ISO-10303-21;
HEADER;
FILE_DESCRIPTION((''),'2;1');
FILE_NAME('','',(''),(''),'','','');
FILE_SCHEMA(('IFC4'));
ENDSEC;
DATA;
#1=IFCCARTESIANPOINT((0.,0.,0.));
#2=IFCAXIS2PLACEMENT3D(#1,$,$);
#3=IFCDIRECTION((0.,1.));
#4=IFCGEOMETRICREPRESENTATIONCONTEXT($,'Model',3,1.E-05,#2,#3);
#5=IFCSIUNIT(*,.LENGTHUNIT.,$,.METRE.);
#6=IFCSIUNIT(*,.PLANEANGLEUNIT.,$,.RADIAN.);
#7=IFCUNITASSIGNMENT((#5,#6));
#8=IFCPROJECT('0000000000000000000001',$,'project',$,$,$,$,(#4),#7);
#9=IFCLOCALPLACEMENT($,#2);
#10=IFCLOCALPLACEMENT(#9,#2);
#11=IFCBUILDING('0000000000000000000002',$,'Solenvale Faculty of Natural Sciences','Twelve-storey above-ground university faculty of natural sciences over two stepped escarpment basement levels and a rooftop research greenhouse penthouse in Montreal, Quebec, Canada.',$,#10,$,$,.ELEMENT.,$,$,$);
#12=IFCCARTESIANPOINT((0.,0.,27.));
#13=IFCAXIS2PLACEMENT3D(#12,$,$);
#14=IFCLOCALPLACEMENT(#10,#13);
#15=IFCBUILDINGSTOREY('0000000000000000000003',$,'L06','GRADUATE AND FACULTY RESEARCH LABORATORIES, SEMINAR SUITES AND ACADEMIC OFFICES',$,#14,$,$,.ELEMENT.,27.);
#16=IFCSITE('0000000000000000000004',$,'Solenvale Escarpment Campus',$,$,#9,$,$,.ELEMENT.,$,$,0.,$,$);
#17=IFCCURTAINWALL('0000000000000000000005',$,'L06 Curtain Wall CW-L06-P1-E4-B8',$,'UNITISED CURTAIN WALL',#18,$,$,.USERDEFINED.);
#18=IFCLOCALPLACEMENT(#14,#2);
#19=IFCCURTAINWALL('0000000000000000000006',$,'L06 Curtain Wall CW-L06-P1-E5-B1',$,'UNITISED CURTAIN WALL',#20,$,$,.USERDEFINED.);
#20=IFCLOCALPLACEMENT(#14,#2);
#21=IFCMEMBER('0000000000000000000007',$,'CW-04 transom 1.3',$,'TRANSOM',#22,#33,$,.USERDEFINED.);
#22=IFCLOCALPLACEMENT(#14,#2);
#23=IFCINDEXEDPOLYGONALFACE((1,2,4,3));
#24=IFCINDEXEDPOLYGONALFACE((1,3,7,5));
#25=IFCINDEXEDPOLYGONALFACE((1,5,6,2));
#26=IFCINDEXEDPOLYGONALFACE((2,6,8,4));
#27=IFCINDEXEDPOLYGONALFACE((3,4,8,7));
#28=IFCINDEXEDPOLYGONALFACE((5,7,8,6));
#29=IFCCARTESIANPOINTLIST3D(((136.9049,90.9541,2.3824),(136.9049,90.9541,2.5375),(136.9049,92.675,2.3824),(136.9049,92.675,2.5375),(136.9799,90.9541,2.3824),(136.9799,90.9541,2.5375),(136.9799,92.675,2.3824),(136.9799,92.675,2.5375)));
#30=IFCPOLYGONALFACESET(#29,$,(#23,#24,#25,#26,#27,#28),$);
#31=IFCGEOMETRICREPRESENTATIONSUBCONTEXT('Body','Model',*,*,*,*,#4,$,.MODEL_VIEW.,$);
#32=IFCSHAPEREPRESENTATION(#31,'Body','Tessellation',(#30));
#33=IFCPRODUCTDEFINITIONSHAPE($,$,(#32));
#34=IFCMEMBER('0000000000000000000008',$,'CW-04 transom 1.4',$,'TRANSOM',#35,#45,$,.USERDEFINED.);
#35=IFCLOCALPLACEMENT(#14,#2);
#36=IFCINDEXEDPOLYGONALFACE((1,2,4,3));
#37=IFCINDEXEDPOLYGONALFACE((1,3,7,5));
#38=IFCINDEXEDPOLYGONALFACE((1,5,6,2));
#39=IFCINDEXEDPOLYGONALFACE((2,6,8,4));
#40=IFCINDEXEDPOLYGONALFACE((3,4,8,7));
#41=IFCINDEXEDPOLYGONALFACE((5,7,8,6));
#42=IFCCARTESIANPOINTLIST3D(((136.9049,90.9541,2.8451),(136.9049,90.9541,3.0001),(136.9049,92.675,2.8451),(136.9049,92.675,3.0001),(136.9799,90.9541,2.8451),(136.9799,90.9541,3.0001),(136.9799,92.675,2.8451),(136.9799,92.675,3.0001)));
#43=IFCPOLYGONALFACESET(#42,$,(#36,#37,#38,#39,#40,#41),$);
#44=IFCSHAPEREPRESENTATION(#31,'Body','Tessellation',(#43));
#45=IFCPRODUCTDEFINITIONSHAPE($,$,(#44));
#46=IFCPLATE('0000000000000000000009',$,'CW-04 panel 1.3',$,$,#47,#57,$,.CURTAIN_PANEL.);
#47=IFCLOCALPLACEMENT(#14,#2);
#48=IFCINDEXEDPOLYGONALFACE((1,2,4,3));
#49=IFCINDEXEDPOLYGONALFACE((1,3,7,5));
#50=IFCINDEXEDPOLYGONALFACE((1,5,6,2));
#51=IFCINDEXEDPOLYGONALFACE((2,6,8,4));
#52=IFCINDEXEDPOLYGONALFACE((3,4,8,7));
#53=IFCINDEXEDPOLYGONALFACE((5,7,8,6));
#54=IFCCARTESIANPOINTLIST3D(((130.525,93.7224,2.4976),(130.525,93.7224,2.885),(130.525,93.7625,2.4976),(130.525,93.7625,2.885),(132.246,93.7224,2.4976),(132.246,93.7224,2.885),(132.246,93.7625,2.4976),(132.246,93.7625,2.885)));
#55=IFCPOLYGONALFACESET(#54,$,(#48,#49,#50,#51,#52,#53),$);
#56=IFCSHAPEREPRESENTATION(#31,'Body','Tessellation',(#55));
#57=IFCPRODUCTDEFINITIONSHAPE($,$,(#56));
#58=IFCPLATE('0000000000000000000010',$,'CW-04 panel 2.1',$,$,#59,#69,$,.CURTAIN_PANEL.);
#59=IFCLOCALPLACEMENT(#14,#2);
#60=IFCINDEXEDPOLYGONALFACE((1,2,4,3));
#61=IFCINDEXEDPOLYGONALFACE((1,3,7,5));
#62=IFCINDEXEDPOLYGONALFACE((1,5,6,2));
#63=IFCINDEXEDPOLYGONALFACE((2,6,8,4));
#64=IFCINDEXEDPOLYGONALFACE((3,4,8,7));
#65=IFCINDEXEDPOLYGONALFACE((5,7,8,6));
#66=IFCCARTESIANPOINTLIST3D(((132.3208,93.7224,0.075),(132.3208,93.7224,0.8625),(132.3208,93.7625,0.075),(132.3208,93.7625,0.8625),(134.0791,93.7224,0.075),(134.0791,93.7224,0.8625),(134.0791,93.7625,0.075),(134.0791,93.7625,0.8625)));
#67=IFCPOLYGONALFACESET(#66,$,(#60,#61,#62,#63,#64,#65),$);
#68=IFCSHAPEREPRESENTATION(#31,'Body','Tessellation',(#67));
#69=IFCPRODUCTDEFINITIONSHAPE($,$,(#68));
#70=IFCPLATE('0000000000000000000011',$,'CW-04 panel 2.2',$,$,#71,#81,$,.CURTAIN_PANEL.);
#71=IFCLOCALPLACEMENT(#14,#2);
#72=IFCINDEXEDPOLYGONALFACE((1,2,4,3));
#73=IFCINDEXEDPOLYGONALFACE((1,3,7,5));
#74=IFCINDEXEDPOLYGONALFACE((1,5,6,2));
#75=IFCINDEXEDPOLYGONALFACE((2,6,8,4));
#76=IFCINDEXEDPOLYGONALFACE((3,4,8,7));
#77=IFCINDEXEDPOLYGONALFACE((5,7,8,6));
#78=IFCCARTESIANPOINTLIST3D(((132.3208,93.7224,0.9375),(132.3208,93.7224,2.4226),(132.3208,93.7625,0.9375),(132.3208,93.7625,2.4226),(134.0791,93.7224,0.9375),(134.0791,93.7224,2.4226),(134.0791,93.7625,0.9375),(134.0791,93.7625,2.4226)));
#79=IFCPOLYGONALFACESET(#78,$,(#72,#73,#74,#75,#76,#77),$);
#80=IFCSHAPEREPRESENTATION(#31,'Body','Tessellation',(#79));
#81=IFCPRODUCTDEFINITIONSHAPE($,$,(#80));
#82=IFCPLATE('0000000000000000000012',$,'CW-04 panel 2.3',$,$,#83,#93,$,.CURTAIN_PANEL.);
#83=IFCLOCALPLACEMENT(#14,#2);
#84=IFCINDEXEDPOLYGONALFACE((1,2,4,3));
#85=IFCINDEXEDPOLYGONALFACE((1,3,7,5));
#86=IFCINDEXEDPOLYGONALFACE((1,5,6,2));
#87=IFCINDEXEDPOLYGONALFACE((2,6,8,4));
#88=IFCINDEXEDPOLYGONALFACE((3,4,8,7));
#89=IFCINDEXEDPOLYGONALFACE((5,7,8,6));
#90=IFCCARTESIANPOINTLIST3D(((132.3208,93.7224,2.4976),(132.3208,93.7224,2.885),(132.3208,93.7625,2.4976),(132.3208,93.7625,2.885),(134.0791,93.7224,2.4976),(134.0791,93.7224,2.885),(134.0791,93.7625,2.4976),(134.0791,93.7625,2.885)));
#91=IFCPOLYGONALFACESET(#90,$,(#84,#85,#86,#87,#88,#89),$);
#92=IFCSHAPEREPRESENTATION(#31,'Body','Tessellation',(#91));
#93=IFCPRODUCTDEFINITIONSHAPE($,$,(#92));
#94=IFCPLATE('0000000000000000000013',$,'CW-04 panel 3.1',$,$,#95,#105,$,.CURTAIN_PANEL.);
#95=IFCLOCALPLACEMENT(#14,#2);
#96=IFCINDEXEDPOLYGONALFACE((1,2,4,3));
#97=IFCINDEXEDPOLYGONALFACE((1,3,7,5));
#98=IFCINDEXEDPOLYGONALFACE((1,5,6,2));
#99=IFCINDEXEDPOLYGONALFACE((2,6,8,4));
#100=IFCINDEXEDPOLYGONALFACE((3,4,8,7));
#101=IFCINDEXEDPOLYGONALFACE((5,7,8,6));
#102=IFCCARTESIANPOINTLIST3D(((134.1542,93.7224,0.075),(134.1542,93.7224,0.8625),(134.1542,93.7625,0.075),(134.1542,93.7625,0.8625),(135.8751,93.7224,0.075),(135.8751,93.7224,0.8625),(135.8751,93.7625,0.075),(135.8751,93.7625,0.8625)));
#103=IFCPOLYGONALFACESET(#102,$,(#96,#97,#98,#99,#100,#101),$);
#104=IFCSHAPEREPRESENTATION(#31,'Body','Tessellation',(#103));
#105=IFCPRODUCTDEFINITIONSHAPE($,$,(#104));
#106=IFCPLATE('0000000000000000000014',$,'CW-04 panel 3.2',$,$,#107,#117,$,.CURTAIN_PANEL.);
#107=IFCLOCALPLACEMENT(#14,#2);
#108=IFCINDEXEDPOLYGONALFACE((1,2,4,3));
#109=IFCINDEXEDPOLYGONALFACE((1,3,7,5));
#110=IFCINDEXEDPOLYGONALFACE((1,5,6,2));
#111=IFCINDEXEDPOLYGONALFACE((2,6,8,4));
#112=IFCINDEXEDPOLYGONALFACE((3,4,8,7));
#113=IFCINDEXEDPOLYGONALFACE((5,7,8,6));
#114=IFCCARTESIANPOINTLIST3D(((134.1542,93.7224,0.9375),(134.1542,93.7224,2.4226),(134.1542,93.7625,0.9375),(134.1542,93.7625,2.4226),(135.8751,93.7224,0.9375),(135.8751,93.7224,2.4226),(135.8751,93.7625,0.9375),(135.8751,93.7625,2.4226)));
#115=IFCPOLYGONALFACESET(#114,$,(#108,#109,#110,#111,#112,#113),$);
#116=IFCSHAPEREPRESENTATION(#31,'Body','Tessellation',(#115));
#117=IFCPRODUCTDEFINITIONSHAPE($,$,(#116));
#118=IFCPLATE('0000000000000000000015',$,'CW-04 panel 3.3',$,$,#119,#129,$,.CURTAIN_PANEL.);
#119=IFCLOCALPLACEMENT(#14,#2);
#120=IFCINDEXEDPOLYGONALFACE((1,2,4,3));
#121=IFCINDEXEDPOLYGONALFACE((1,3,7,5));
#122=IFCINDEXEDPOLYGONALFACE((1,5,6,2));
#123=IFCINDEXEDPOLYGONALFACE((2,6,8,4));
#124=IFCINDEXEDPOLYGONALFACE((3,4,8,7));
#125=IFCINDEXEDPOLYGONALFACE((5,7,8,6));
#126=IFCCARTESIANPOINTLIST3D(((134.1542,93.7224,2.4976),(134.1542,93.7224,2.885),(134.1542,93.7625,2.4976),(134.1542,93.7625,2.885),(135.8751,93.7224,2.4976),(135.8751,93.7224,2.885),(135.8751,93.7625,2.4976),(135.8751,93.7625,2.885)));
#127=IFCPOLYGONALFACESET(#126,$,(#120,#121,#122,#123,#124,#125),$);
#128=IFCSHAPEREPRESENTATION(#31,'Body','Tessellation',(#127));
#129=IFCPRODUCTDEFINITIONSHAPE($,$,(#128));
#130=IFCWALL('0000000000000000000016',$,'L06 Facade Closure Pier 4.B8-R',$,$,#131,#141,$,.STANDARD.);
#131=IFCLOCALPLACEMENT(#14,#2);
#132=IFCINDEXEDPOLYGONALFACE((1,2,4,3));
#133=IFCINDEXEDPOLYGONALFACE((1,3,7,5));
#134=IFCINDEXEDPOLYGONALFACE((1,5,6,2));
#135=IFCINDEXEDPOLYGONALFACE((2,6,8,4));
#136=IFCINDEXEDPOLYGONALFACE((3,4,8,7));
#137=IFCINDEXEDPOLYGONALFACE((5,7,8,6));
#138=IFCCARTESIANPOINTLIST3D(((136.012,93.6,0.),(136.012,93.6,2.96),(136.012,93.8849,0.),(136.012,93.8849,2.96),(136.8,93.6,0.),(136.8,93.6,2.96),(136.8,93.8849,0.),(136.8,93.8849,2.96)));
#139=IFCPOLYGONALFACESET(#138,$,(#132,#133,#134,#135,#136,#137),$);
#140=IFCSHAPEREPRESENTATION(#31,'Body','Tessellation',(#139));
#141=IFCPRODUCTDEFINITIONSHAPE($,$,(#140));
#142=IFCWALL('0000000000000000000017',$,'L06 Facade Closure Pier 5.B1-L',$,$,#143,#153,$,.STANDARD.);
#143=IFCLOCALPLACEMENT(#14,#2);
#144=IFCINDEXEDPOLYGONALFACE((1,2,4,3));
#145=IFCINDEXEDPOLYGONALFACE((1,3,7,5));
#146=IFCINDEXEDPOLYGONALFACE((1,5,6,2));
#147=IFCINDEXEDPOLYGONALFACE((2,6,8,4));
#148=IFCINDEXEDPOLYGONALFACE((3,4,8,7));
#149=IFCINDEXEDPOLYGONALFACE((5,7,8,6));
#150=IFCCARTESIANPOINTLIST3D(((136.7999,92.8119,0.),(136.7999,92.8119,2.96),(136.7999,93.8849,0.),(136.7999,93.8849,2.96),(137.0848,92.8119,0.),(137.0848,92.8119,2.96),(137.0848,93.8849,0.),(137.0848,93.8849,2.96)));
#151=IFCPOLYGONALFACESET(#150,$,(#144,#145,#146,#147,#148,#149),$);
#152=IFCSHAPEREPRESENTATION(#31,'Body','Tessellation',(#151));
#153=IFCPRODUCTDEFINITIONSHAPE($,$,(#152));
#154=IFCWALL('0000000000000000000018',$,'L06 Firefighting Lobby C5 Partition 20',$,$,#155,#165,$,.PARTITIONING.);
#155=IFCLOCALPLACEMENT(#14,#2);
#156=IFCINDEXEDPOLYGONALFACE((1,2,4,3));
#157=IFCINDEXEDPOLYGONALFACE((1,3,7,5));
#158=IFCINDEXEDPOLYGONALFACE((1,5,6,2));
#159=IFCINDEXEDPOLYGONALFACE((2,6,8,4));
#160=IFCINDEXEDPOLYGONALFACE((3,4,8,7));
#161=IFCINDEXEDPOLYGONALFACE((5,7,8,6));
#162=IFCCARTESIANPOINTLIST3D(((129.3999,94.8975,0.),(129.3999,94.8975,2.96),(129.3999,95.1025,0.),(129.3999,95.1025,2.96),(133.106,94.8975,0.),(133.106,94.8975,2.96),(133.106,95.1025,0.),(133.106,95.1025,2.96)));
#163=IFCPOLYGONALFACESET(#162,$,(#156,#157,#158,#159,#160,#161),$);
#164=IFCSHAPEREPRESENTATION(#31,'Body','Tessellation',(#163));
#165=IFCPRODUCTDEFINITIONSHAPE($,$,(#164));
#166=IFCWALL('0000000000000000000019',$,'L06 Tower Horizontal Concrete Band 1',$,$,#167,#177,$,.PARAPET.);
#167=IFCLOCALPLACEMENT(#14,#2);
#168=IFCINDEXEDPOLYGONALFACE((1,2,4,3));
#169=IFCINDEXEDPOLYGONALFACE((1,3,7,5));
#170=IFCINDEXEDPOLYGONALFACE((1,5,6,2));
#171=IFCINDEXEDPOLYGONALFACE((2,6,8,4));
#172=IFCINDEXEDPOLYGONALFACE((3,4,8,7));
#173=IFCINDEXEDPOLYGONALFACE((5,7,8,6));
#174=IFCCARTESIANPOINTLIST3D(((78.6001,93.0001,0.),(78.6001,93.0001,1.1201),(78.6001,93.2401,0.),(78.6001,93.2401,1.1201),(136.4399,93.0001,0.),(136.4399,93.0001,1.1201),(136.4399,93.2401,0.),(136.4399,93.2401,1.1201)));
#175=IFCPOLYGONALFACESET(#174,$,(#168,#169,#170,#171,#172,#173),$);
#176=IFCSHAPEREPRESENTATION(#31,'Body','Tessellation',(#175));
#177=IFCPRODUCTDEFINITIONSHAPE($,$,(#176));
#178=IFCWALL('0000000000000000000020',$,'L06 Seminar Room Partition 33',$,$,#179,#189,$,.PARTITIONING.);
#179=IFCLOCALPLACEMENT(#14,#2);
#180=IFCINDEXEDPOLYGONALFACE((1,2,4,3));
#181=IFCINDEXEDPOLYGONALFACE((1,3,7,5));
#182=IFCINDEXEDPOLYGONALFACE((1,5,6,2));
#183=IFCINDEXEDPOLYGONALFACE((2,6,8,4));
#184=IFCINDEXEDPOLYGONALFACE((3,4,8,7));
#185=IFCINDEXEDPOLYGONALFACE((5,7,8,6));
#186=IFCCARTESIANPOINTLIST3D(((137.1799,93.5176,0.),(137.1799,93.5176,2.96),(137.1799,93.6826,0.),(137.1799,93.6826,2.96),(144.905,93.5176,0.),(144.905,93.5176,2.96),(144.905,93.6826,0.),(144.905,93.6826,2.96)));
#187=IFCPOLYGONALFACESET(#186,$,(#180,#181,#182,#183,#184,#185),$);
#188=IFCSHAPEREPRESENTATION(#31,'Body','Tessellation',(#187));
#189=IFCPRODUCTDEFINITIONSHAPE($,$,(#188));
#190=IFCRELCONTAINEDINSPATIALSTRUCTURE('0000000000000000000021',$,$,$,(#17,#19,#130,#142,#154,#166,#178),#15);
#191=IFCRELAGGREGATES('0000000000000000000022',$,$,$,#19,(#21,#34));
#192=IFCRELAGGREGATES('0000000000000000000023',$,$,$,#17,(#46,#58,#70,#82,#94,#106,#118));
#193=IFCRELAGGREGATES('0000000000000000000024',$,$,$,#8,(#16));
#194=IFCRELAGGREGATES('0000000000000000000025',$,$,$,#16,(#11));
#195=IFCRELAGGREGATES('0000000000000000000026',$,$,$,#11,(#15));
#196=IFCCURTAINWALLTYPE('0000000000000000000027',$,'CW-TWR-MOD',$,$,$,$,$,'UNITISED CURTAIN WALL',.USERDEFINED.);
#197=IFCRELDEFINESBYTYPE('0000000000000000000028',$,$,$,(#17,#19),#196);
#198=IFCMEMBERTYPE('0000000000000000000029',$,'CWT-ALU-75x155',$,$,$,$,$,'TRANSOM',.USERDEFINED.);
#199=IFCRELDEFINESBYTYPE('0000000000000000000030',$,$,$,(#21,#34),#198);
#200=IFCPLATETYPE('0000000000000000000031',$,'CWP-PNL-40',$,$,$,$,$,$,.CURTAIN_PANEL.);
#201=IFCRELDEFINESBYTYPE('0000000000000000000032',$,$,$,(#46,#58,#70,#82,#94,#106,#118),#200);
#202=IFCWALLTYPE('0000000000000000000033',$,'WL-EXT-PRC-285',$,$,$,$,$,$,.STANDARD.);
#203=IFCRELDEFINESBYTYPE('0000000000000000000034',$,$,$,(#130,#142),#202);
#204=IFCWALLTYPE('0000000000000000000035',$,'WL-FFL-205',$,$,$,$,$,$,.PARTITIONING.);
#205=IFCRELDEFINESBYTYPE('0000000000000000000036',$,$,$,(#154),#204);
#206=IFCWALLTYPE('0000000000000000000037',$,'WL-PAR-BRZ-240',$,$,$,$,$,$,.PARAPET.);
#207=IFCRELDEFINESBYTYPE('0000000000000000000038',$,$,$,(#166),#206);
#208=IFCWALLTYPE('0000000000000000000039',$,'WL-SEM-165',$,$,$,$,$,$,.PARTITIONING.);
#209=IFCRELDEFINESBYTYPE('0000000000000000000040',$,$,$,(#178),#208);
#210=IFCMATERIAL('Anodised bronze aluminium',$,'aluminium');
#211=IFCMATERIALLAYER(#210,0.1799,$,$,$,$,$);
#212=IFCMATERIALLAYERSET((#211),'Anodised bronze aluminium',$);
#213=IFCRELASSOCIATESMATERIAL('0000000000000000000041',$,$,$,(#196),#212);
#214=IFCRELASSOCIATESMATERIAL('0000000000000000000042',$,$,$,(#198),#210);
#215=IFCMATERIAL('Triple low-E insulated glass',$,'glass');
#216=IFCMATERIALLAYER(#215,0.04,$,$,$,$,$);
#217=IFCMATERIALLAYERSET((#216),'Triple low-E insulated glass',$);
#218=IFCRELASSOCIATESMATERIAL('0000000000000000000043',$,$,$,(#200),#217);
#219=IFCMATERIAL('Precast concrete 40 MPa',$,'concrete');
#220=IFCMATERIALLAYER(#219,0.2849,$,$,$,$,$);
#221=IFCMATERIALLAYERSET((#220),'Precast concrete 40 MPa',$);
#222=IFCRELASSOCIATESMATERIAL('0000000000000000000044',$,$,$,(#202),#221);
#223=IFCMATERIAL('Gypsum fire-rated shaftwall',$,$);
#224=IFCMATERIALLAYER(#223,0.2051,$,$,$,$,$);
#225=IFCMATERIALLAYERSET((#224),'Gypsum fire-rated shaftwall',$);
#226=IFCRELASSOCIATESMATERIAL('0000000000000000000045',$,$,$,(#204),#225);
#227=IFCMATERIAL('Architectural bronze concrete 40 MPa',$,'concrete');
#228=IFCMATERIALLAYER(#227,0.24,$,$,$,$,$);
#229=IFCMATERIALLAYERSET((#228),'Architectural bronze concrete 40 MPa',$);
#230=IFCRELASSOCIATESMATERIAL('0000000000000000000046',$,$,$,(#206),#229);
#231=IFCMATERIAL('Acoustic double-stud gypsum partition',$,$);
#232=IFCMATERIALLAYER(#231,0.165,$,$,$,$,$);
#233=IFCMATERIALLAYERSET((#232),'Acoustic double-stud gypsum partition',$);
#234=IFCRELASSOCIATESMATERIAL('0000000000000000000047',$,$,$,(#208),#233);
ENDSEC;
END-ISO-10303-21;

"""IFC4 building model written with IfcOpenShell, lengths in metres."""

from ifc_helpers import new_model, si_unit, direction, frame, frame_2d, origin, origin_2d, place, context, subcontext, project, spatial, rectangle, extrude, material, layer, layer_set, material_profile, profile_set, type_object, element, aggregate, save


model = new_model("IFC4")

# Units and contexts
model_context = context("Model", 3, precision=1e-05, world=origin(), true_north=direction((0.0, 1.0)))
body_context = subcontext(model_context, "Body", "Model", "MODEL_VIEW")
ifc_project = project(units=[si_unit("LENGTHUNIT", "METRE"), si_unit("PLANEANGLEUNIT", "RADIAN")], contexts=[model_context])

# Site, building, storey
site_placement = place(None, origin())
site = spatial("IfcSite", under=ifc_project, at=site_placement, Name="Solenvale Escarpment Campus", CompositionType="ELEMENT", RefElevation=0.0)
building_placement = place(site_placement, origin())
building = spatial("IfcBuilding", under=site, at=building_placement, Name="Solenvale Faculty of Natural Sciences", Description="Twelve-storey above-ground university faculty of natural sciences over two stepped escarpment basement levels and a rooftop research greenhouse penthouse in Montreal, Quebec, Canada.", CompositionType="ELEMENT")
storey_placement = place(building_placement, frame((0.0, 0.0, 27.0)))
storey = spatial("IfcBuildingStorey", under=building, at=storey_placement, Name="L06", Description="GRADUATE AND FACULTY RESEARCH LABORATORIES, SEMINAR SUITES AND ACADEMIC OFFICES", CompositionType="ELEMENT", Elevation=27.0)

# Curtain wall
ifc_material_1 = material(Name="Anodised bronze aluminium", Category="aluminium")
ifc_layer_1 = layer(ifc_material_1, 0.1799)
ifc_layer_set_1 = layer_set([ifc_layer_1], Name="Anodised bronze aluminium")
curtain_wall_type = type_object("IfcCurtainWallType", Name="CW-TWR-MOD", ElementType="UNITISED CURTAIN WALL", PredefinedType="USERDEFINED", material=ifc_layer_set_1)
curtain_wall_1_placement = place(storey_placement, origin())
curtain_wall_1 = element("IfcCurtainWall", 1, at=curtain_wall_1_placement, inside=storey, type_object=curtain_wall_type, Name="L06 Curtain Wall CW-L06-P1-E4-B8", ObjectType="UNITISED CURTAIN WALL", PredefinedType="USERDEFINED")

# Curtain wall
curtain_wall_2_placement = place(storey_placement, origin())
curtain_wall_2 = element("IfcCurtainWall", 2, at=curtain_wall_2_placement, inside=storey, type_object=curtain_wall_type, Name="L06 Curtain Wall CW-L06-P1-E5-B1", ObjectType="UNITISED CURTAIN WALL", PredefinedType="USERDEFINED")

# Members
ifc_material_profile_1 = material_profile(ifc_material_1, rectangle(XDim=0.075, YDim=0.155, at=origin_2d()), Name="ALU-TRN-75x155")
ifc_profile_set_1 = profile_set([ifc_material_profile_1], Name="Anodised bronze aluminium")
member_type_1 = type_object("IfcMemberType", Name="CWT-ALU-75x155", ElementType="TRANSOM", PredefinedType="USERDEFINED", material=ifc_profile_set_1)
member_1_placement = place(storey_placement, frame((136.9424, 92.675, 2.46), z_axis=(0.0, -1.0, 0.0), x_axis=(1.0, 0.0, 0.0)))
member_1 = element("IfcMember", 3, at=member_1_placement, type_object=member_type_1, Name="CW-04 transom 1.3", ObjectType="TRANSOM", PredefinedType="USERDEFINED", context=body_context, shape_type="SweptSolid", body=[
    extrude(rectangle(XDim=0.075, YDim=0.155, at=origin_2d()), origin(), (0.0, 0.0, 1.0), 1.7209),
])
member_2_placement = place(storey_placement, frame((136.9424, 92.675, 2.9226), z_axis=(0.0, -1.0, 0.0), x_axis=(1.0, 0.0, 0.0)))
member_2 = element("IfcMember", 4, at=member_2_placement, type_object=member_type_1, Name="CW-04 transom 1.4", ObjectType="TRANSOM", PredefinedType="USERDEFINED", context=body_context, shape_type="SweptSolid", body=[
    extrude(rectangle(XDim=0.075, YDim=0.155, at=origin_2d()), origin(), (0.0, 0.0, 1.0), 1.7209),
])
aggregate(curtain_wall_2, [member_1, member_2])

# Plates
ifc_material_2 = material(Name="Triple low-E insulated glass", Category="glass")
ifc_layer_2 = layer(ifc_material_2, 0.04)
ifc_layer_set_2 = layer_set([ifc_layer_2], Name="Triple low-E insulated glass")
plate_type = type_object("IfcPlateType", Name="CWP-PNL-40", PredefinedType="CURTAIN_PANEL", material=ifc_layer_set_2)
plate_1_placement = place(storey_placement, frame((131.3855, 93.7424, 2.4976), z_axis=(0.0, 0.0, 1.0), x_axis=(1.0, 0.0, 0.0)))
plate_1 = element("IfcPlate", 5, at=plate_1_placement, type_object=plate_type, Name="CW-04 panel 1.3", PredefinedType="CURTAIN_PANEL", context=body_context, shape_type="SweptSolid", body=[
    extrude(rectangle(XDim=1.7209, YDim=0.04, at=origin_2d()), origin(), (0.0, 0.0, 1.0), 0.3875),
])
plate_2_placement = place(storey_placement, frame((133.2, 93.7424, 0.075), z_axis=(0.0, 0.0, 1.0), x_axis=(1.0, 0.0, 0.0)))
plate_2 = element("IfcPlate", 6, at=plate_2_placement, type_object=plate_type, Name="CW-04 panel 2.1", PredefinedType="CURTAIN_PANEL", context=body_context, shape_type="SweptSolid", body=[
    extrude(rectangle(XDim=1.7583, YDim=0.04, at=origin_2d()), origin(), (0.0, 0.0, 1.0), 0.7876),
])
plate_3_placement = place(storey_placement, frame((133.2, 93.7424, 0.9375), z_axis=(0.0, 0.0, 1.0), x_axis=(1.0, 0.0, 0.0)))
plate_3 = element("IfcPlate", 7, at=plate_3_placement, type_object=plate_type, Name="CW-04 panel 2.2", PredefinedType="CURTAIN_PANEL", context=body_context, shape_type="SweptSolid", body=[
    extrude(rectangle(XDim=1.7583, YDim=0.04, at=origin_2d()), origin(), (0.0, 0.0, 1.0), 1.4851),
])
plate_4_placement = place(storey_placement, frame((133.2, 93.7424, 2.4976), z_axis=(0.0, 0.0, 1.0), x_axis=(1.0, 0.0, 0.0)))
plate_4 = element("IfcPlate", 8, at=plate_4_placement, type_object=plate_type, Name="CW-04 panel 2.3", PredefinedType="CURTAIN_PANEL", context=body_context, shape_type="SweptSolid", body=[
    extrude(rectangle(XDim=1.7583, YDim=0.04, at=origin_2d()), origin(), (0.0, 0.0, 1.0), 0.3875),
])
plate_5_placement = place(storey_placement, frame((135.0146, 93.7424, 0.075), z_axis=(0.0, 0.0, 1.0), x_axis=(1.0, 0.0, 0.0)))
plate_5 = element("IfcPlate", 9, at=plate_5_placement, type_object=plate_type, Name="CW-04 panel 3.1", PredefinedType="CURTAIN_PANEL", context=body_context, shape_type="SweptSolid", body=[
    extrude(rectangle(XDim=1.7209, YDim=0.04, at=origin_2d()), origin(), (0.0, 0.0, 1.0), 0.7876),
])
plate_6_placement = place(storey_placement, frame((135.0146, 93.7424, 0.9375), z_axis=(0.0, 0.0, 1.0), x_axis=(1.0, 0.0, 0.0)))
plate_6 = element("IfcPlate", 10, at=plate_6_placement, type_object=plate_type, Name="CW-04 panel 3.2", PredefinedType="CURTAIN_PANEL", context=body_context, shape_type="SweptSolid", body=[
    extrude(rectangle(XDim=1.7209, YDim=0.04, at=origin_2d()), origin(), (0.0, 0.0, 1.0), 1.4851),
])
plate_7_placement = place(storey_placement, frame((135.0146, 93.7424, 2.4976), z_axis=(0.0, 0.0, 1.0), x_axis=(1.0, 0.0, 0.0)))
plate_7 = element("IfcPlate", 11, at=plate_7_placement, type_object=plate_type, Name="CW-04 panel 3.3", PredefinedType="CURTAIN_PANEL", context=body_context, shape_type="SweptSolid", body=[
    extrude(rectangle(XDim=1.7209, YDim=0.04, at=origin_2d()), origin(), (0.0, 0.0, 1.0), 0.3875),
])
aggregate(curtain_wall_1, [plate_1, plate_2, plate_3, plate_4, plate_5, plate_6, plate_7])

# Walls
ifc_material_3 = material(Name="Precast concrete 40 MPa", Category="concrete")
ifc_layer_3 = layer(ifc_material_3, 0.2849)
ifc_layer_set_3 = layer_set([ifc_layer_3], Name="Precast concrete 40 MPa")
wall_type_1 = type_object("IfcWallType", Name="WL-EXT-PRC-285", PredefinedType="STANDARD", material=ifc_layer_set_3)
wall_1_placement = place(storey_placement, frame((136.012, 93.7424, 0.0), z_axis=(0.0, 0.0, 1.0), x_axis=(1.0, 0.0, 0.0)))
element("IfcWall", 12, at=wall_1_placement, inside=storey, type_object=wall_type_1, Name="L06 Facade Closure Pier 4.B8-R", PredefinedType="STANDARD", context=body_context, shape_type="SweptSolid", body=[
    extrude(rectangle(XDim=0.7881, YDim=0.2849, at=frame_2d((0.394, 0.0))), origin(), (0.0, 0.0, 1.0), 2.96),
])
wall_2_placement = place(storey_placement, frame((136.9424, 93.885, 0.0), z_axis=(0.0, 0.0, 1.0), x_axis=(0.0, -1.0, 0.0)))
element("IfcWall", 13, at=wall_2_placement, inside=storey, type_object=wall_type_1, Name="L06 Facade Closure Pier 5.B1-L", PredefinedType="STANDARD", context=body_context, shape_type="SweptSolid", body=[
    extrude(rectangle(XDim=1.073, YDim=0.2849, at=frame_2d((0.5366, 0.0))), origin(), (0.0, 0.0, 1.0), 2.96),
])
ifc_material_4 = material(Name="Gypsum fire-rated shaftwall")
ifc_layer_4 = layer(ifc_material_4, 0.2051)
ifc_layer_set_4 = layer_set([ifc_layer_4], Name="Gypsum fire-rated shaftwall")
wall_type_2 = type_object("IfcWallType", Name="WL-FFL-205", PredefinedType="PARTITIONING", material=ifc_layer_set_4)
wall_3_placement = place(storey_placement, frame((133.106, 95.0, 0.0), z_axis=(0.0, 0.0, 1.0), x_axis=(-1.0, 0.0, 0.0)))
element("IfcWall", 14, at=wall_3_placement, inside=storey, type_object=wall_type_2, Name="L06 Firefighting Lobby C5 Partition 20", PredefinedType="PARTITIONING", context=body_context, shape_type="SweptSolid", body=[
    extrude(rectangle(XDim=3.7061, YDim=0.2051, at=frame_2d((1.853, 0.0))), origin(), (0.0, 0.0, 1.0), 2.96),
])
ifc_material_5 = material(Name="Architectural bronze concrete 40 MPa", Category="concrete")
ifc_layer_5 = layer(ifc_material_5, 0.24)
ifc_layer_set_5 = layer_set([ifc_layer_5], Name="Architectural bronze concrete 40 MPa")
wall_type_3 = type_object("IfcWallType", Name="WL-PAR-BRZ-240", PredefinedType="PARAPET", material=ifc_layer_set_5)
wall_4_placement = place(storey_placement, frame((136.4399, 93.1201, 0.0), z_axis=(0.0, 0.0, 1.0), x_axis=(-1.0, 0.0, 0.0)))
element("IfcWall", 15, at=wall_4_placement, inside=storey, type_object=wall_type_3, Name="L06 Tower Horizontal Concrete Band 1", PredefinedType="PARAPET", context=body_context, shape_type="SweptSolid", body=[
    extrude(rectangle(XDim=57.8398, YDim=0.24, at=frame_2d((28.9199, 0.0))), origin(), (0.0, 0.0, 1.0), 1.1201),
])
ifc_material_6 = material(Name="Acoustic double-stud gypsum partition")
ifc_layer_6 = layer(ifc_material_6, 0.165)
ifc_layer_set_6 = layer_set([ifc_layer_6], Name="Acoustic double-stud gypsum partition")
wall_type_4 = type_object("IfcWallType", Name="WL-SEM-165", PredefinedType="PARTITIONING", material=ifc_layer_set_6)
wall_5_placement = place(storey_placement, frame((137.1799, 93.6001, 0.0), z_axis=(0.0, 0.0, 1.0), x_axis=(1.0, 0.0, 0.0)))
element("IfcWall", 16, at=wall_5_placement, inside=storey, type_object=wall_type_4, Name="L06 Seminar Room Partition 33", PredefinedType="PARTITIONING", context=body_context, shape_type="SweptSolid", body=[
    extrude(rectangle(XDim=7.7251, YDim=0.165, at=frame_2d((3.8625, 0.0))), origin(), (0.0, 0.0, 1.0), 2.96),
])

save(model, "model.ifc")
